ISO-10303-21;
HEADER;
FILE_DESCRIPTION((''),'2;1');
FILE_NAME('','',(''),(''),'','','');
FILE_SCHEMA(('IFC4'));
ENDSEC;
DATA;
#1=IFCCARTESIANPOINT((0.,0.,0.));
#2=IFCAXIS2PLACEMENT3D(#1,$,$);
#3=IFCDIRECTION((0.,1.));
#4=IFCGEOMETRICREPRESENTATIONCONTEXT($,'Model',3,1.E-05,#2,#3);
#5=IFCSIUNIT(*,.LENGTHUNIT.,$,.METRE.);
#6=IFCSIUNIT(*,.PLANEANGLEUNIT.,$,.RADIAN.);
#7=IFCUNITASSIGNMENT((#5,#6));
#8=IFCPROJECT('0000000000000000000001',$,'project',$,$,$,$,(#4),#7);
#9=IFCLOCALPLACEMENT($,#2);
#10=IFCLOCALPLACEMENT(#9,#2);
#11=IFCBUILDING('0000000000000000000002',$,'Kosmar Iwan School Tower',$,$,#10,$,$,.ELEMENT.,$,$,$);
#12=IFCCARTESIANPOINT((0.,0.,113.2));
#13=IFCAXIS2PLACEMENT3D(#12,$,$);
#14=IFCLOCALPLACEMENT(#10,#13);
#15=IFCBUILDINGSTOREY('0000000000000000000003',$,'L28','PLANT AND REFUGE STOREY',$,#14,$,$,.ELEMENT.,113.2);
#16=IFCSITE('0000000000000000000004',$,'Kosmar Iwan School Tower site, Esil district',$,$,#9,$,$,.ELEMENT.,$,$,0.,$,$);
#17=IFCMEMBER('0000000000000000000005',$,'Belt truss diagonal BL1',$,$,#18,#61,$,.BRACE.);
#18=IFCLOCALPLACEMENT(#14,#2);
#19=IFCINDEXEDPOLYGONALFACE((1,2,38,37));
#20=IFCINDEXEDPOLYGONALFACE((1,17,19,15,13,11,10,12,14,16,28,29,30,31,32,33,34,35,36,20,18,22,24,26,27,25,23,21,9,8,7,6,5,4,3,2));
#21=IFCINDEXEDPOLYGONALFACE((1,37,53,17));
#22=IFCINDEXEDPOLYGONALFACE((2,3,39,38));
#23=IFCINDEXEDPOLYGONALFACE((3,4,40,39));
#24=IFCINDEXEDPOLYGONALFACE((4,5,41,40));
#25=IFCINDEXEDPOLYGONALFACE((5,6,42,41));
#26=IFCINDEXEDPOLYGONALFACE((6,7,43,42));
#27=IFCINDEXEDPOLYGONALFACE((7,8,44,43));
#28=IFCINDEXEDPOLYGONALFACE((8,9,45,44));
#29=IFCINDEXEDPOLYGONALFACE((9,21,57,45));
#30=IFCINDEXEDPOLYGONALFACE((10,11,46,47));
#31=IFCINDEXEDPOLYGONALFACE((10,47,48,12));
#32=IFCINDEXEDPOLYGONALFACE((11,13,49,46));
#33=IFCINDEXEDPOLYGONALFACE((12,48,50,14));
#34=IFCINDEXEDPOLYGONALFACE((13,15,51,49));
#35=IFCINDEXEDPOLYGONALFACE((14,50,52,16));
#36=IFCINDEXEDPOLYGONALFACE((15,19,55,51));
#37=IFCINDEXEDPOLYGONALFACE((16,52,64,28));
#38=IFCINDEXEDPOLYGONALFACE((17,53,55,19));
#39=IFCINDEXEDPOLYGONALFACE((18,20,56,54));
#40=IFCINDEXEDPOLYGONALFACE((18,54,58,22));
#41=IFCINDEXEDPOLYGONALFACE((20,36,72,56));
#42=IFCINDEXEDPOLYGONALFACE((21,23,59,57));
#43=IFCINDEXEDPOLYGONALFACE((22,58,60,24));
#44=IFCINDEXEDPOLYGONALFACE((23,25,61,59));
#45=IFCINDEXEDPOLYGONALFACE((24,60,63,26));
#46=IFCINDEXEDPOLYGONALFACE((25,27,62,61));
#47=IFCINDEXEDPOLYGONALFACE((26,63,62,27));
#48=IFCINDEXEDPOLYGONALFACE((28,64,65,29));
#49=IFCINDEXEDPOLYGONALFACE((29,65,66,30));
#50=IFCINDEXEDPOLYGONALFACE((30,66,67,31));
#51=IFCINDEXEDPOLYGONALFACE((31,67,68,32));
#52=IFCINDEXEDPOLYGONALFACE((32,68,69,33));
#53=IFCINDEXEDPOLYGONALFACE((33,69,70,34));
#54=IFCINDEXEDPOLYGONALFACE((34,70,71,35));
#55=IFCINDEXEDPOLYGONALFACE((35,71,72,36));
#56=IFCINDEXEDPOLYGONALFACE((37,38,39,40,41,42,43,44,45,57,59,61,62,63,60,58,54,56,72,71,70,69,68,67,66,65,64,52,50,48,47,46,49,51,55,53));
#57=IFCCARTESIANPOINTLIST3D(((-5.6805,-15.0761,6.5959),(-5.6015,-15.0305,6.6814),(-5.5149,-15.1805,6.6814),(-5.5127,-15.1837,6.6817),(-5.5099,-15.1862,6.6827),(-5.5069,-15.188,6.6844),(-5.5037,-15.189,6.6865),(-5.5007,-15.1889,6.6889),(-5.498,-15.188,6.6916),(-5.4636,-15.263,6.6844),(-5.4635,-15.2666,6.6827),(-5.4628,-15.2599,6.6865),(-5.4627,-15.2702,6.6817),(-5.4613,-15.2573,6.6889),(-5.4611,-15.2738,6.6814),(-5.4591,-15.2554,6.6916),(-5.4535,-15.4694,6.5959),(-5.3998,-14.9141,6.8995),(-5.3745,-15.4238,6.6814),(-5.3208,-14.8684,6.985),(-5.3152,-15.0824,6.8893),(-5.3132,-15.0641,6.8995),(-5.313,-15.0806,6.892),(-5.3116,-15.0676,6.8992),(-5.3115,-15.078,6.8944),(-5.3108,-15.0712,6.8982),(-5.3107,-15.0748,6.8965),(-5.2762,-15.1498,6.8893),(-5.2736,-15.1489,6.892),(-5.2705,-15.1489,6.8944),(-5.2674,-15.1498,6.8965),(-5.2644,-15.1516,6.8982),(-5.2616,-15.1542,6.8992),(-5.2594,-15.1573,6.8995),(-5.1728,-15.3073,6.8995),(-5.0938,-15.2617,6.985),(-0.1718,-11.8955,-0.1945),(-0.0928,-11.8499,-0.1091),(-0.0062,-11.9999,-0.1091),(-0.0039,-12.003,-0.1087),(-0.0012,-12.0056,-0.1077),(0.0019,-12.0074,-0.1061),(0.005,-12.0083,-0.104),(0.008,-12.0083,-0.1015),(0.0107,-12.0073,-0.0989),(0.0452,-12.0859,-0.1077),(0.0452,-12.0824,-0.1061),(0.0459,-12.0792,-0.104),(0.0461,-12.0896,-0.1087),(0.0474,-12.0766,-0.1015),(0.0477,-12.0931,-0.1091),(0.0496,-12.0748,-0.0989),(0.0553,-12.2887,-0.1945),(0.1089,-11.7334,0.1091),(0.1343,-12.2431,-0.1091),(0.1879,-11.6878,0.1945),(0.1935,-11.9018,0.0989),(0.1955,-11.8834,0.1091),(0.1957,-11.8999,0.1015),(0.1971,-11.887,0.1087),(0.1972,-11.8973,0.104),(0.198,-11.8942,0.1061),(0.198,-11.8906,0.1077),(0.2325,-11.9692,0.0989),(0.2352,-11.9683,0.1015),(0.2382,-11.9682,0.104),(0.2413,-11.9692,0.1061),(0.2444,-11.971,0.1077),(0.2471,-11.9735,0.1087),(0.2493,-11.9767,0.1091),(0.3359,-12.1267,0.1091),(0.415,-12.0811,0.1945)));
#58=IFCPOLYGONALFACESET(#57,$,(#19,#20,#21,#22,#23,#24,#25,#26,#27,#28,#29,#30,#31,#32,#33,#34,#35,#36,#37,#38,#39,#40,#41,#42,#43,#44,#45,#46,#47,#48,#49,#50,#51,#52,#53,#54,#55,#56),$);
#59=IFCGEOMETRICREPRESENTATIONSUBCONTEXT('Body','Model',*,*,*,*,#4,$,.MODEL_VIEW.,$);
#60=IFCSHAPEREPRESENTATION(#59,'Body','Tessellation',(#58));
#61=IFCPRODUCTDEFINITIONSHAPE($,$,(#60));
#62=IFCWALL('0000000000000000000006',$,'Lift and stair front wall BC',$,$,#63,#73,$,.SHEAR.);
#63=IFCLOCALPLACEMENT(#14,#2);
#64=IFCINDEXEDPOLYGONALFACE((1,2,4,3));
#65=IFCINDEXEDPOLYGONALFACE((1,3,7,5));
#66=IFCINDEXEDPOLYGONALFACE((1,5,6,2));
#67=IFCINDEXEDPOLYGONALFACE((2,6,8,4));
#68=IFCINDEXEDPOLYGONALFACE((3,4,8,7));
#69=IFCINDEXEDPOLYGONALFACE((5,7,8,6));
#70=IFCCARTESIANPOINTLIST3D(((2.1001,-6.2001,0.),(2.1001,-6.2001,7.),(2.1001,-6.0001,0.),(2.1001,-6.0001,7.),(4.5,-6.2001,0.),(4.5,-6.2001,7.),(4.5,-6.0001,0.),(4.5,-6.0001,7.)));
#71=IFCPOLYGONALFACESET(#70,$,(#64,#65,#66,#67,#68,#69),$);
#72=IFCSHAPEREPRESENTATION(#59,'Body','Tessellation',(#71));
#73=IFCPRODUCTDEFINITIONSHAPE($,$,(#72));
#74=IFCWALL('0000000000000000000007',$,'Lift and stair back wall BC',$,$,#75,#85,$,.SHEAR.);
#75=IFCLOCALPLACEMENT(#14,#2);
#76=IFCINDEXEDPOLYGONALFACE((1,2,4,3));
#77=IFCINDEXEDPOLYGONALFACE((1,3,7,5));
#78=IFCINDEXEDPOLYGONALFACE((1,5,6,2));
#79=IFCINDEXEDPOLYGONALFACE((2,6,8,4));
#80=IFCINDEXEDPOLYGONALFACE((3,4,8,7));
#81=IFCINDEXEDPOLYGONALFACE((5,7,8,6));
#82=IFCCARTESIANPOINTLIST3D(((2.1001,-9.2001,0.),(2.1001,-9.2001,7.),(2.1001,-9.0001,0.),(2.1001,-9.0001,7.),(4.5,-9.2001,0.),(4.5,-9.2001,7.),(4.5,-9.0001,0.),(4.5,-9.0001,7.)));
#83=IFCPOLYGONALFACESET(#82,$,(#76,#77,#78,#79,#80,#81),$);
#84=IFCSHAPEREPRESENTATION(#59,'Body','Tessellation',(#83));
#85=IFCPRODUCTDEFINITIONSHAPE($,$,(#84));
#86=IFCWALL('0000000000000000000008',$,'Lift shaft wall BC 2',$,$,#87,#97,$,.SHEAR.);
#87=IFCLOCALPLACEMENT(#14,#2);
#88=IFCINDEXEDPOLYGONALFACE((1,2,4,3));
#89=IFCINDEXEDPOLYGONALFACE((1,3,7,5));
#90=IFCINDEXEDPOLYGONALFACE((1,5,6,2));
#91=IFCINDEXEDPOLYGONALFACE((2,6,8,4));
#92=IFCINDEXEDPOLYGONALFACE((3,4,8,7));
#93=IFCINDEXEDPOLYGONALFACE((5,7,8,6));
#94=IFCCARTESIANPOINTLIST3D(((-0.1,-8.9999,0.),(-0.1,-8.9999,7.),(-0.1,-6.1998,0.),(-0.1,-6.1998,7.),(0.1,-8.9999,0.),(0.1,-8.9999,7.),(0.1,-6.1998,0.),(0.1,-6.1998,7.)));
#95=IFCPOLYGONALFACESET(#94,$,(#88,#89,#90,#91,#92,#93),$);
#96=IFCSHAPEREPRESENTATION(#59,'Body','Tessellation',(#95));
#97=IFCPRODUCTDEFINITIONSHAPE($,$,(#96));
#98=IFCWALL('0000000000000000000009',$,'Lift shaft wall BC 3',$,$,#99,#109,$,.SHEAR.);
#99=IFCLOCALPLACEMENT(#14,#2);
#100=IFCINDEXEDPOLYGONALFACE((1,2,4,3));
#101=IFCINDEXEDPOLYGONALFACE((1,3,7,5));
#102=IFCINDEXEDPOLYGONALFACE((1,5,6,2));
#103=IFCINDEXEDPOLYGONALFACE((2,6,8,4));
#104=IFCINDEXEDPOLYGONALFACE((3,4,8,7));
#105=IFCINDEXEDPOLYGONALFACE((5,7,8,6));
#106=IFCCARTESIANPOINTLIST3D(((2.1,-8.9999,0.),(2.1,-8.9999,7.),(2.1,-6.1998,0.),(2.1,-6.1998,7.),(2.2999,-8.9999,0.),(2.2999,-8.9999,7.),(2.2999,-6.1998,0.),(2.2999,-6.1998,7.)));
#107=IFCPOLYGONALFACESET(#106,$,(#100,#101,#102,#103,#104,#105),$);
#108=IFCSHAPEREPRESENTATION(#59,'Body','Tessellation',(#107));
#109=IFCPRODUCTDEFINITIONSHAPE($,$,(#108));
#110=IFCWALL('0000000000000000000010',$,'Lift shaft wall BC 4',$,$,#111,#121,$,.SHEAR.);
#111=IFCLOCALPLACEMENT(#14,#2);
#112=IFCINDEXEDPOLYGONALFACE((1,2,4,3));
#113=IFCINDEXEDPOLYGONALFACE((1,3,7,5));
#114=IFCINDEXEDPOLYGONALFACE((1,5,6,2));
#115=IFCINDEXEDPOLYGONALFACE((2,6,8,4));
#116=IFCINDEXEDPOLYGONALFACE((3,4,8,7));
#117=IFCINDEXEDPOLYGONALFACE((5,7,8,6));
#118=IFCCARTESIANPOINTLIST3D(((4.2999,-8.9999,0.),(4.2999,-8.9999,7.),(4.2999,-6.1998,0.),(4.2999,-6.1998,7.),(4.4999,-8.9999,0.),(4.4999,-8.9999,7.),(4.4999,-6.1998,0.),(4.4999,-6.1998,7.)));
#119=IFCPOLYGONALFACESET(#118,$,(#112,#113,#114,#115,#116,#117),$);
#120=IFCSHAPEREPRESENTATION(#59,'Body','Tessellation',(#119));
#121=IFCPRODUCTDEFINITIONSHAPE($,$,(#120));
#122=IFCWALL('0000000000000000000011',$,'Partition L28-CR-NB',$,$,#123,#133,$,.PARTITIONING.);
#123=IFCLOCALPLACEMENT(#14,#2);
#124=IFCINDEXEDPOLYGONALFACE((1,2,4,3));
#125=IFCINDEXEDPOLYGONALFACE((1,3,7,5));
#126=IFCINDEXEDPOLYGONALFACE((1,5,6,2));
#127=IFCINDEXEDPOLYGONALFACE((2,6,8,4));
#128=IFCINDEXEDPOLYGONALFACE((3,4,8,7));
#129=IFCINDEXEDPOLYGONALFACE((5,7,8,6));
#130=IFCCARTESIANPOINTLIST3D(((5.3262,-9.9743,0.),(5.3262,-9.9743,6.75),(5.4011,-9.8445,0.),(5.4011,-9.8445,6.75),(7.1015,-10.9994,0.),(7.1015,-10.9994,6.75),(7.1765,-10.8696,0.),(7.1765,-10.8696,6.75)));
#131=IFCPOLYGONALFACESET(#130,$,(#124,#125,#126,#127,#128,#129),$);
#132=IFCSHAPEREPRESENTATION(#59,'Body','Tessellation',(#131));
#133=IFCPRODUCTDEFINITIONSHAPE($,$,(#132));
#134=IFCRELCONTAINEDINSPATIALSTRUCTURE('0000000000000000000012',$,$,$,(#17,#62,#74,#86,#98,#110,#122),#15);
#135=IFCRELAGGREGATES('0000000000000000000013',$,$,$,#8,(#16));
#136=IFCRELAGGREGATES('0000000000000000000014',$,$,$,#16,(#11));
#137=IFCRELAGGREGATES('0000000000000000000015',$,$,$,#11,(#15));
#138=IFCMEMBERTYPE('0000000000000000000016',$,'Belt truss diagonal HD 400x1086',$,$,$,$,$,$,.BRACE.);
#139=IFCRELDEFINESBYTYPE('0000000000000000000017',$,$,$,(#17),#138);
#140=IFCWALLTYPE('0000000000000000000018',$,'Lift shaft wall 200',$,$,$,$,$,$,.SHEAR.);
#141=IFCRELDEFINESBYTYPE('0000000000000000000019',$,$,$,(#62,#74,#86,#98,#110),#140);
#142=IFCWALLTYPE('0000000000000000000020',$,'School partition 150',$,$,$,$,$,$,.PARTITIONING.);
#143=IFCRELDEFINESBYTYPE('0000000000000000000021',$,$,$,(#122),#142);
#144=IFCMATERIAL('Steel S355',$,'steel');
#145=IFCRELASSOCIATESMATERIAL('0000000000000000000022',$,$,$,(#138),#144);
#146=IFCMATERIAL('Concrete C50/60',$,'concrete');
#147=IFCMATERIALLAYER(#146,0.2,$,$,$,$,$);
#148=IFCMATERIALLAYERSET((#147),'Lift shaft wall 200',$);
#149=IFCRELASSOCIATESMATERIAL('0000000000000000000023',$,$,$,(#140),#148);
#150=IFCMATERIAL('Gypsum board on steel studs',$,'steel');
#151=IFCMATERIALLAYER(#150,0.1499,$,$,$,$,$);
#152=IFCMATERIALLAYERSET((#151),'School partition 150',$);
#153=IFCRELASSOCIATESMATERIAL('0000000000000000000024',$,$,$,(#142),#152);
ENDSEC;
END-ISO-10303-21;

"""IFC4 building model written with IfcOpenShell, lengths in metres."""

from ifc_helpers import new_model, si_unit, direction, frame, frame_2d, origin, origin_2d, place, context, subcontext, project, spatial, rectangle, i_section, extrude, material, layer, layer_set, material_profile, profile_set, type_object, element, save


model = new_model("IFC4")

# Units and contexts
model_context = context("Model", 3, precision=1e-05, world=origin(), true_north=direction((0.0, 1.0)))
body_context = subcontext(model_context, "Body", "Model", "MODEL_VIEW")
ifc_project = project(units=[si_unit("LENGTHUNIT", "METRE"), si_unit("PLANEANGLEUNIT", "RADIAN")], contexts=[model_context])

# Site, building, storey
site_placement = place(None, origin())
site = spatial("IfcSite", under=ifc_project, at=site_placement, Name="Kosmar Iwan School Tower site, Esil district", CompositionType="ELEMENT", RefElevation=0.0)
building_placement = place(site_placement, origin())
building = spatial("IfcBuilding", under=site, at=building_placement, Name="Kosmar Iwan School Tower", CompositionType="ELEMENT")
storey_placement = place(building_placement, frame((0.0, 0.0, 113.2)))
storey = spatial("IfcBuildingStorey", under=building, at=storey_placement, Name="L28", Description="PLANT AND REFUGE STOREY", CompositionType="ELEMENT", Elevation=113.2)

# Member
ifc_material_1 = material(Name="Steel S355", Category="steel")
ifc_material_profile = material_profile(ifc_material_1, i_section(OverallWidth=0.4541, OverallDepth=0.5691, WebThickness=0.0779, FlangeThickness=0.125, FilletRadius=0.0149, at=origin_2d()), Name="HD 400x1086")
ifc_profile_set = profile_set([ifc_material_profile], Name="Steel S355")
member_type = type_object("IfcMemberType", Name="Belt truss diagonal HD 400x1086", PredefinedType="BRACE", material=ifc_profile_set)
member_placement = place(storey_placement, frame((0.1216, -11.9883, 0.0), z_axis=(-0.592053, -0.34184, 0.729807), x_axis=(0.500019, -0.866014, 0.0)))
element("IfcMember", 1, at=member_placement, inside=storey, type_object=member_type, Name="Belt truss diagonal BL1", PredefinedType="BRACE", context=body_context, shape_type="SweptSolid", body=[
    extrude(i_section(OverallWidth=0.4541, OverallDepth=0.5691, WebThickness=0.0779, FlangeThickness=0.125, FilletRadius=0.0149, at=origin_2d()), origin(), (0.0, 0.0, 1.0), 9.3044),
])

# Walls
ifc_material_2 = material(Name="Concrete C50/60", Category="concrete")
ifc_layer_1 = layer(ifc_material_2, 0.2)
ifc_layer_set_1 = layer_set([ifc_layer_1], Name="Lift shaft wall 200")
wall_type_1 = type_object("IfcWallType", Name="Lift shaft wall 200", PredefinedType="SHEAR", material=ifc_layer_set_1)
for number, where, z_axis, x_axis, name in (
    (2, (2.1001, -6.1001, 0.0), (0.0, 0.0, 1.0), (1.0, 0.0, 0.0), "Lift and stair front wall BC"),
    (3, (2.1001, -9.1001, 0.0), (0.0, 0.0, 1.0), (1.0, 0.0, 0.0), "Lift and stair back wall BC"),
):
    element("IfcWall", number, at=place(storey_placement, frame(where, z_axis=z_axis, x_axis=x_axis)), inside=storey, type_object=wall_type_1, Name=name, PredefinedType="SHEAR", context=body_context, shape_type="SweptSolid", body=[
        extrude(rectangle(XDim=2.3999, YDim=0.2, at=frame_2d((1.2, 0.0))), origin(), (0.0, 0.0, 1.0), 7.0),
    ])
for number, where, z_axis, x_axis, name in (
    (4, (0.0, -6.2, 0.0), (0.0, 0.0, 1.0), (0.0, -1.0, 0.0), "Lift shaft wall BC 2"),
    (5, (2.2, -6.2, 0.0), (0.0, 0.0, 1.0), (0.0, -1.0, 0.0), "Lift shaft wall BC 3"),
    (6, (4.3999, -6.2, 0.0), (0.0, 0.0, 1.0), (0.0, -1.0, 0.0), "Lift shaft wall BC 4"),
):
    element("IfcWall", number, at=place(storey_placement, frame(where, z_axis=z_axis, x_axis=x_axis)), inside=storey, type_object=wall_type_1, Name=name, PredefinedType="SHEAR", context=body_context, shape_type="SweptSolid", body=[
        extrude(rectangle(XDim=2.8, YDim=0.2, at=frame_2d((1.3999, 0.0))), origin(), (0.0, 0.0, 1.0), 7.0),
    ])
ifc_material_3 = material(Name="Gypsum board on steel studs", Category="steel")
ifc_layer_2 = layer(ifc_material_3, 0.1499)
ifc_layer_set_2 = layer_set([ifc_layer_2], Name="School partition 150")
wall_type_2 = type_object("IfcWallType", Name="School partition 150", PredefinedType="PARTITIONING", material=ifc_layer_set_2)
wall_placement = place(storey_placement, frame((5.3638, -9.9094, 0.0), z_axis=(0.0, 0.0, 1.0), x_axis=(0.865999, -0.500045, 0.0)))
element("IfcWall", 7, at=wall_placement, inside=storey, type_object=wall_type_2, Name="Partition L28-CR-NB", PredefinedType="PARTITIONING", context=body_context, shape_type="SweptSolid", body=[
    extrude(rectangle(XDim=2.05, YDim=0.1499, at=frame_2d((1.0249, 0.0))), origin(), (0.0, 0.0, 1.0), 6.75),
])

save(model, "model.ifc")
